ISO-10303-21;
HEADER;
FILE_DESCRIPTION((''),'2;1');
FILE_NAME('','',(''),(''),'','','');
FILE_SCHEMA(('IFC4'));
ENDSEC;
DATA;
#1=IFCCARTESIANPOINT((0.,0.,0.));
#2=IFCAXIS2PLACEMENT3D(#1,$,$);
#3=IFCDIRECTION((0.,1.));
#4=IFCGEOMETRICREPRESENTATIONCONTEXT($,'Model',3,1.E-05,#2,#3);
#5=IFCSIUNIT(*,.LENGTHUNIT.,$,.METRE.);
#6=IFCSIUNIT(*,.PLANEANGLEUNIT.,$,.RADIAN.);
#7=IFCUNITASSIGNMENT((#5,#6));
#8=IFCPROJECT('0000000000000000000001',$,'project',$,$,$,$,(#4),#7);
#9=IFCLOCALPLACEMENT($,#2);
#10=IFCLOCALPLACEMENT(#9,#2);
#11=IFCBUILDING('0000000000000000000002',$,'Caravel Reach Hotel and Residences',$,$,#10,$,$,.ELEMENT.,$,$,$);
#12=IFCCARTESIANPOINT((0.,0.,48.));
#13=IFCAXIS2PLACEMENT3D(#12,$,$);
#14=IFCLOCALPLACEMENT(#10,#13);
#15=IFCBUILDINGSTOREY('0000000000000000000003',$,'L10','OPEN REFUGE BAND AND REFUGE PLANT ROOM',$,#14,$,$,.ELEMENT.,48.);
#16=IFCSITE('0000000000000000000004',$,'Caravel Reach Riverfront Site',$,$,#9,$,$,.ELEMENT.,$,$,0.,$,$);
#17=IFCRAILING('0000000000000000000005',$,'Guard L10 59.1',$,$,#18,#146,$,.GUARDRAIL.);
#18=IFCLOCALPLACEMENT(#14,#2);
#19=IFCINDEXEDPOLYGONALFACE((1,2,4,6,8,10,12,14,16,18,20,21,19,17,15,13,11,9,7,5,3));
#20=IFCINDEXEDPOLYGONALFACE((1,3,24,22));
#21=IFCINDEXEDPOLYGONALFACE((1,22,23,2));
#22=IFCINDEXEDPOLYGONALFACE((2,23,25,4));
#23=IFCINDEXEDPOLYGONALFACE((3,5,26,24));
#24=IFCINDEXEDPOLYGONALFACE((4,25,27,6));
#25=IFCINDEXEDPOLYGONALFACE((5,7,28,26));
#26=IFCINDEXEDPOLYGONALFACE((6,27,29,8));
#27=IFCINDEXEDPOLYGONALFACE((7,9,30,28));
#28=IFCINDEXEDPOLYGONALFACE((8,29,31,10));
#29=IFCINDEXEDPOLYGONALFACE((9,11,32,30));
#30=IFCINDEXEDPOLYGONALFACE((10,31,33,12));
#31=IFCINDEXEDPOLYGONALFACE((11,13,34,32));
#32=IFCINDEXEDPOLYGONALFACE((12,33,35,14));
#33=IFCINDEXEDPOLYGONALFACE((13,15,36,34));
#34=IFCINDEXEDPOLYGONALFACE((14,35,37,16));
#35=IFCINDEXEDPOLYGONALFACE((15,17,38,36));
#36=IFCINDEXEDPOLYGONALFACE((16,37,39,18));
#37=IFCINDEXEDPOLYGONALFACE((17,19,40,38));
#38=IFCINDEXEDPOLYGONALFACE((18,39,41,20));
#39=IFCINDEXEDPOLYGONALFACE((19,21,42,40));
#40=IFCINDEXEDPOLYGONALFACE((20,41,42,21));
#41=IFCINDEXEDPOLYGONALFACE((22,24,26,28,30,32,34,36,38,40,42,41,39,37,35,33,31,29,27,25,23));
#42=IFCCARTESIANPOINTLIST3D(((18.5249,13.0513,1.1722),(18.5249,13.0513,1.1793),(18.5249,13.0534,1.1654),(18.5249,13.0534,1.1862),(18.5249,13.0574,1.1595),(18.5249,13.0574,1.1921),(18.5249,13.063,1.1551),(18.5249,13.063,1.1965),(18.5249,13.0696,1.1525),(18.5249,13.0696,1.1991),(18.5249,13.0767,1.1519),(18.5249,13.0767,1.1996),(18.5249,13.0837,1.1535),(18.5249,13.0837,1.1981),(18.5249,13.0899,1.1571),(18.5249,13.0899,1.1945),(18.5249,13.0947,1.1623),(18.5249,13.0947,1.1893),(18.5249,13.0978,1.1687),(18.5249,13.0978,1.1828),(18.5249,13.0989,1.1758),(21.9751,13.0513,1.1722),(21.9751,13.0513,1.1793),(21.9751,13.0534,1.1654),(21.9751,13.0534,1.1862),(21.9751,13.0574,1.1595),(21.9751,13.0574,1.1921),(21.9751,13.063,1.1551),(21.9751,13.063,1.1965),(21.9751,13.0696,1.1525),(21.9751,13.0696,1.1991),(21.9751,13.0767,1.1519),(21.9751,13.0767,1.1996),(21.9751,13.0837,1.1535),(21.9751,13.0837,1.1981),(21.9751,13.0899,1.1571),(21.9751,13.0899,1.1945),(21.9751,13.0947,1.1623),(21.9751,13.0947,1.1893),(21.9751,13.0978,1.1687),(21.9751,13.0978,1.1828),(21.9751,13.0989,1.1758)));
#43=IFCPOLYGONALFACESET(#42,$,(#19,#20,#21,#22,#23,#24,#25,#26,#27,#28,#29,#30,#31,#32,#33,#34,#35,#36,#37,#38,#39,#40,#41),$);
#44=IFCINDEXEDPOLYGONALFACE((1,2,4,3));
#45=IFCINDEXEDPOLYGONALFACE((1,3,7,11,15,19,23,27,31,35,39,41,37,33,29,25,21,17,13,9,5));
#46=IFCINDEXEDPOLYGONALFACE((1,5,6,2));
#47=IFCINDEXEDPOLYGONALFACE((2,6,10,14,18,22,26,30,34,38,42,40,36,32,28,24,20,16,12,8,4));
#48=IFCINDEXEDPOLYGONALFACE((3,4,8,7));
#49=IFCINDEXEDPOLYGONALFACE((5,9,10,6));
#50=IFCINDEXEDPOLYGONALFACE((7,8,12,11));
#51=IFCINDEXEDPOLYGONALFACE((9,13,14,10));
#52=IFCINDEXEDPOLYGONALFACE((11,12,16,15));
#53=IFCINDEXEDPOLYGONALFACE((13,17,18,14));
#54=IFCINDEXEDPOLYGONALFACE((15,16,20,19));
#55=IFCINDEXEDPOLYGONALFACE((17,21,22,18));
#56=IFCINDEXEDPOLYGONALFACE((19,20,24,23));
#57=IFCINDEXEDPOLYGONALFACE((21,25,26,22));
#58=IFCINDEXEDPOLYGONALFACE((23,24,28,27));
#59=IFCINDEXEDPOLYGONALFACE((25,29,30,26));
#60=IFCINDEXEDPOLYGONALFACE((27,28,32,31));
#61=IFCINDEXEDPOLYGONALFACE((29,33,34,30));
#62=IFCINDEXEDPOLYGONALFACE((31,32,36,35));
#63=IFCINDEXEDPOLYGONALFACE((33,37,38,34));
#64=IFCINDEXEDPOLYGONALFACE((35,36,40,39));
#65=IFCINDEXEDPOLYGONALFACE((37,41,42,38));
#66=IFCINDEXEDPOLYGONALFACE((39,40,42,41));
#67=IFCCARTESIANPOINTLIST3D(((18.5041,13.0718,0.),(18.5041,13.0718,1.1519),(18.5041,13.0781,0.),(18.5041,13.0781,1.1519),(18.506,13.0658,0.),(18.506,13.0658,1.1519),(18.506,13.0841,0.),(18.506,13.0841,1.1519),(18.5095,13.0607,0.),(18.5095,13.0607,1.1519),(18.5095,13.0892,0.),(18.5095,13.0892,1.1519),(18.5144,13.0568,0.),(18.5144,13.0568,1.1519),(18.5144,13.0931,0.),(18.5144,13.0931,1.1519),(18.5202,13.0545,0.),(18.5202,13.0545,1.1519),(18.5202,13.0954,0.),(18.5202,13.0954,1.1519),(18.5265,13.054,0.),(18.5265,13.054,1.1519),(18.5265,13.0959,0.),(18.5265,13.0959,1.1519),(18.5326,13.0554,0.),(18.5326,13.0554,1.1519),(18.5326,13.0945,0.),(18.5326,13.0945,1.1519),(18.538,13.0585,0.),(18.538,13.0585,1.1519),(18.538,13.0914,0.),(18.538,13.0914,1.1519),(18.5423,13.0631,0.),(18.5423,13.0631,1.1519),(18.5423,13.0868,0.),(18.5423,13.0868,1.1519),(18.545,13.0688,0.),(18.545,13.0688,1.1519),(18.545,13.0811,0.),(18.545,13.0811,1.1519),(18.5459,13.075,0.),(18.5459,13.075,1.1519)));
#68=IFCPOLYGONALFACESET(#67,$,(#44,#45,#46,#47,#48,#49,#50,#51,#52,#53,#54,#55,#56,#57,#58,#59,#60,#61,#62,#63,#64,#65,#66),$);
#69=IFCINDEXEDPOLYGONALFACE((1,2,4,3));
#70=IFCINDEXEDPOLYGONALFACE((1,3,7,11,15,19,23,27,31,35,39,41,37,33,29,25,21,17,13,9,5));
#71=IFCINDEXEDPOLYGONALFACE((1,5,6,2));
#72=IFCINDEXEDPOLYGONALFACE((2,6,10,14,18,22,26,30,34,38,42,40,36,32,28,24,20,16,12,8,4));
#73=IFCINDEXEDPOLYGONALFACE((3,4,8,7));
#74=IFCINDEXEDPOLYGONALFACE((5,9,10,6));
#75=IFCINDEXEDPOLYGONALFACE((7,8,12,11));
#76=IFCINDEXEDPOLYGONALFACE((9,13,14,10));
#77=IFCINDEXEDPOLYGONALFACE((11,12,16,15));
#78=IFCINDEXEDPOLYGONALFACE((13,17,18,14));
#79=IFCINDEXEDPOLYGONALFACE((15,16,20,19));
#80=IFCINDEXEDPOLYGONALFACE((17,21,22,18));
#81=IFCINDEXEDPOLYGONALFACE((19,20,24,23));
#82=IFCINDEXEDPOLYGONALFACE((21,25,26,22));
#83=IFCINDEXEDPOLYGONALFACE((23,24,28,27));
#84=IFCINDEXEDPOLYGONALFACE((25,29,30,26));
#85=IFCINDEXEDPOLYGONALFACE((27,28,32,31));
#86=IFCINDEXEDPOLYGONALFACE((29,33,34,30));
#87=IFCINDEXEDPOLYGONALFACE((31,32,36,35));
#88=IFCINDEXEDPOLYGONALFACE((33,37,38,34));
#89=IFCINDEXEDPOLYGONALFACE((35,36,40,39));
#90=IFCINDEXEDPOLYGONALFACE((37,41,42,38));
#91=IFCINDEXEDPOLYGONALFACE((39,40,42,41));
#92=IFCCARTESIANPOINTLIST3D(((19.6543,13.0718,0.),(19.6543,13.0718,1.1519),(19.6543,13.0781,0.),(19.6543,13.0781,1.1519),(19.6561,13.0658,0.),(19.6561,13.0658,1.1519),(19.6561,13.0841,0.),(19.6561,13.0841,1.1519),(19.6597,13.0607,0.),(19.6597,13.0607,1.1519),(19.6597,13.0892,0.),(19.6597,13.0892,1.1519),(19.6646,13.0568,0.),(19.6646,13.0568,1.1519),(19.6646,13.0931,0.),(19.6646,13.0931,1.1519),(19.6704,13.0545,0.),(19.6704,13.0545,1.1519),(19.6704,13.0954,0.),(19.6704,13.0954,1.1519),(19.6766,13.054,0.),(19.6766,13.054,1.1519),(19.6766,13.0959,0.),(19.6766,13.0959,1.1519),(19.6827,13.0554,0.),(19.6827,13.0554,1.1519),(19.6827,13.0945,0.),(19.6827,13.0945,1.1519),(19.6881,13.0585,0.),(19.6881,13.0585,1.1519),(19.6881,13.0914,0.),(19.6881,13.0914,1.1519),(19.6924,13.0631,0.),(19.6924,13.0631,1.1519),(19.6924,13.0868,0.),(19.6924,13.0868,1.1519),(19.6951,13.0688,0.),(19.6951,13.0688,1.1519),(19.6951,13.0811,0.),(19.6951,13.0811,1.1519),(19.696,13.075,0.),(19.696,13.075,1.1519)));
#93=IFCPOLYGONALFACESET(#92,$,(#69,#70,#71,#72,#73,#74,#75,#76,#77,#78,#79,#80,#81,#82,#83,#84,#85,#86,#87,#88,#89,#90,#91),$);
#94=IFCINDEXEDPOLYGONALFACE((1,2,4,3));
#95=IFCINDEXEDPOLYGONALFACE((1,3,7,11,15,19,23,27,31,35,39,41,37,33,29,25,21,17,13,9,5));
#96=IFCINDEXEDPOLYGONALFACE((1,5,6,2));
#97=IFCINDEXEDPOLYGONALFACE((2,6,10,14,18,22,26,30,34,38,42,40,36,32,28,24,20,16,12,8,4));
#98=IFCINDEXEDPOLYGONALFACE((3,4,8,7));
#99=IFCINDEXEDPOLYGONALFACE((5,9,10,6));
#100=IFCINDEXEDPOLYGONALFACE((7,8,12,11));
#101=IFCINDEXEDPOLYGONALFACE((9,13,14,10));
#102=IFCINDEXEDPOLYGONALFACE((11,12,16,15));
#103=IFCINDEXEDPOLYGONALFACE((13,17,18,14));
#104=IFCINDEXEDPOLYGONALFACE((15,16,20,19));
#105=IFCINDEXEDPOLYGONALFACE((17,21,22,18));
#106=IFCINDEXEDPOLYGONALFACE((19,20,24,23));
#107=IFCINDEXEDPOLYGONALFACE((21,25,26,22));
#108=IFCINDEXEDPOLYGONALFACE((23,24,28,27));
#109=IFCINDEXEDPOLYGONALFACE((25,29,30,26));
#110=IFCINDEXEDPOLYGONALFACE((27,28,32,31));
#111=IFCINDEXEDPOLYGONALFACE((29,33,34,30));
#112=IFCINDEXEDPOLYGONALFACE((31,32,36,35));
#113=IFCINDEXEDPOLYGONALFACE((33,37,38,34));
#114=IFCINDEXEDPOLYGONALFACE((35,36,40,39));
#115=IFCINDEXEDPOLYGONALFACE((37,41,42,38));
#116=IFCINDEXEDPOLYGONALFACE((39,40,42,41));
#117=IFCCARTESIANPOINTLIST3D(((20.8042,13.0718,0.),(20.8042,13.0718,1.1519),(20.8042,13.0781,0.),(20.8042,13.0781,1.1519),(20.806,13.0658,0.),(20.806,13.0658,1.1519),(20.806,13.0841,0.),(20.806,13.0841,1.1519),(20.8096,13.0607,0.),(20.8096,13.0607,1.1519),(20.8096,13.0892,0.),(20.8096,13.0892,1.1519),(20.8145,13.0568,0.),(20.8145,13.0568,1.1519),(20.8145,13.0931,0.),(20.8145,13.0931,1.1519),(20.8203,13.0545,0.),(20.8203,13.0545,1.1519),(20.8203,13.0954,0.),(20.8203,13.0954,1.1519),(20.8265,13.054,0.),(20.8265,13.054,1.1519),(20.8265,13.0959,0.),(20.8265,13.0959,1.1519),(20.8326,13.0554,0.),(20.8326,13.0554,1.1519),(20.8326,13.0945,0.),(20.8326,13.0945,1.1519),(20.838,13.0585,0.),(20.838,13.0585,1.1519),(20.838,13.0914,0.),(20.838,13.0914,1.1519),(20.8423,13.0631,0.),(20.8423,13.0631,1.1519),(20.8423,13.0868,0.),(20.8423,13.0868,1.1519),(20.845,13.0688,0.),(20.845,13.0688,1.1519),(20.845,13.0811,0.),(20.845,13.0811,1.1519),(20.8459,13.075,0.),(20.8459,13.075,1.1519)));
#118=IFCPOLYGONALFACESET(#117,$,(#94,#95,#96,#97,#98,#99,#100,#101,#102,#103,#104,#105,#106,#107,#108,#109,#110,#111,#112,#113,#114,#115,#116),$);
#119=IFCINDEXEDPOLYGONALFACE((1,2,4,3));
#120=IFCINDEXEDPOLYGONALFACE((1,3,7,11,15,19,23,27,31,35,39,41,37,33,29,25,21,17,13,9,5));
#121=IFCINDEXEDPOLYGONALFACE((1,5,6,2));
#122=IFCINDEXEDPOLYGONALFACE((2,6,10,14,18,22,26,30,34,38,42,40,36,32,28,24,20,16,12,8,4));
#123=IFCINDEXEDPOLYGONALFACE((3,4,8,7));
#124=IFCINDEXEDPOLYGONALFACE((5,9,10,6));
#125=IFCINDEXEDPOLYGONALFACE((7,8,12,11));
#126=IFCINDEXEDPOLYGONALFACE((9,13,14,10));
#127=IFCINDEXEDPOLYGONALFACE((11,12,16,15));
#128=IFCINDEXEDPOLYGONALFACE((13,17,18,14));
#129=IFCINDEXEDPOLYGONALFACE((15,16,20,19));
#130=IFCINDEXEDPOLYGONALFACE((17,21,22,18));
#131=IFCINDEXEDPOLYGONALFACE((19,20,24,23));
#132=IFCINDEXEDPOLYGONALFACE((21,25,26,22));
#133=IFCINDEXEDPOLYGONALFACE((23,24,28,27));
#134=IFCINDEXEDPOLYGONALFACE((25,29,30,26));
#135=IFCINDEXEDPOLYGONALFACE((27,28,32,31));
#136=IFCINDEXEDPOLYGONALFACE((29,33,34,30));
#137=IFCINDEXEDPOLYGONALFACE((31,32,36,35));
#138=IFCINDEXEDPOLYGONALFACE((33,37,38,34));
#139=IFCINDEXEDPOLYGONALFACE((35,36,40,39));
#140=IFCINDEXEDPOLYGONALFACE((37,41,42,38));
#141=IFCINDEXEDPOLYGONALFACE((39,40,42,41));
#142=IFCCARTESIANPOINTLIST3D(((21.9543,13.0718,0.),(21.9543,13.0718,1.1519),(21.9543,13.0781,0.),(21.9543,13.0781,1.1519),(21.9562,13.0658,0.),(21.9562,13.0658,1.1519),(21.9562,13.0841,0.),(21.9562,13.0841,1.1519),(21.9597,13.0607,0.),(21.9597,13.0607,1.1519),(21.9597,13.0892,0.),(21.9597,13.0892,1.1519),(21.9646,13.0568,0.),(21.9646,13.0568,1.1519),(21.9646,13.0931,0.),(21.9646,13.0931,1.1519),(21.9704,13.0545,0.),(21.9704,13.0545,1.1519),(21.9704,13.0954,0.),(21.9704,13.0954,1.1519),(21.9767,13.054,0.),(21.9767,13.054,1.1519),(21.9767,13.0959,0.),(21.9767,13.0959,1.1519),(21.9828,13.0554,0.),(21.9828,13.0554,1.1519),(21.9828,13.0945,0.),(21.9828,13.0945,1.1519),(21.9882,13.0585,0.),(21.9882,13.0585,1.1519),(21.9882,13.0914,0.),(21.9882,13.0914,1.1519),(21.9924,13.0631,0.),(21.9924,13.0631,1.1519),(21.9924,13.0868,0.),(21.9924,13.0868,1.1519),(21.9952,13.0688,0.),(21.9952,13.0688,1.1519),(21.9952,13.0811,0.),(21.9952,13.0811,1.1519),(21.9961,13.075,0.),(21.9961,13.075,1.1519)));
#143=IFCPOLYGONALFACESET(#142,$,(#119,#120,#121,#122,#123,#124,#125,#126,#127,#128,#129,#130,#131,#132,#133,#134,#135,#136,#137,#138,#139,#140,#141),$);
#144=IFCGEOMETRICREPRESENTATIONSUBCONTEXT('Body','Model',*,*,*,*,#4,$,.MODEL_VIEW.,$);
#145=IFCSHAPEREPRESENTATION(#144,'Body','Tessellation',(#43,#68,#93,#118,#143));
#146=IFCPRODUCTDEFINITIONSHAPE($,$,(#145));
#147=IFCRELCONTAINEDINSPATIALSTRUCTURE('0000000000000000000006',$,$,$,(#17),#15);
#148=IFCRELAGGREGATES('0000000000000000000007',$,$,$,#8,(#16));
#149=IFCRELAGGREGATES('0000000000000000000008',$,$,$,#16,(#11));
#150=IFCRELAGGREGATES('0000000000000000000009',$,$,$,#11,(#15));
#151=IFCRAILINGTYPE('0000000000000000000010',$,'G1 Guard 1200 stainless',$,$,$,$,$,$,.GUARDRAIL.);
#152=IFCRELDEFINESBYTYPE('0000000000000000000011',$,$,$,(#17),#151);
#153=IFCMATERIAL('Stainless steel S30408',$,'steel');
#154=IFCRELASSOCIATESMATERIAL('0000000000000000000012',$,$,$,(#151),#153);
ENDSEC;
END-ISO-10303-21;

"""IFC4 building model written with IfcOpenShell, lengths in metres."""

from ifc_helpers import new_model, si_unit, direction, frame, origin, origin_2d, place, context, subcontext, project, spatial, circle, extrude, material, type_object, element, save


model = new_model("IFC4")

# Units and contexts
model_context = context("Model", 3, precision=1e-05, world=origin(), true_north=direction((0.0, 1.0)))
body_context = subcontext(model_context, "Body", "Model", "MODEL_VIEW")
ifc_project = project(units=[si_unit("LENGTHUNIT", "METRE"), si_unit("PLANEANGLEUNIT", "RADIAN")], contexts=[model_context])

# Site, building, storey
site_placement = place(None, origin())
site = spatial("IfcSite", under=ifc_project, at=site_placement, Name="Caravel Reach Riverfront Site", CompositionType="ELEMENT", RefElevation=0.0)
building_placement = place(site_placement, origin())
building = spatial("IfcBuilding", under=site, at=building_placement, Name="Caravel Reach Hotel and Residences", CompositionType="ELEMENT")
storey_placement = place(building_placement, frame((0.0, 0.0, 48.0)))
storey = spatial("IfcBuildingStorey", under=building, at=storey_placement, Name="L10", Description="OPEN REFUGE BAND AND REFUGE PLANT ROOM", CompositionType="ELEMENT", Elevation=48.0)

# Railing
ifc_material_1 = material(Name="Stainless steel S30408", Category="steel")
railing_type_1 = type_object("IfcRailingType", Name="G1 Guard 1200 stainless", PredefinedType="GUARDRAIL", material=ifc_material_1)
railing_1_placement = place(storey_placement, frame((18.5249, 13.075, 0.0)))
element("IfcRailing", 1, at=railing_1_placement, inside=storey, type_object=railing_type_1, Name="Guard L10 59.1", PredefinedType="GUARDRAIL", context=body_context, shape_type="SweptSolid", body=[
    extrude(circle(Radius=0.0239, at=origin_2d()), frame((0.0, 0.0, 1.1758), z_axis=(1.0, 0.0, 0.0), x_axis=(0.0, 1.0, 0.0)), (0.0, 0.0, 1.0), 3.4502),
    extrude(circle(Radius=0.021, at=origin_2d()), origin(), (0.0, 0.0, 1.0), 1.1519),
    extrude(circle(Radius=0.021, at=origin_2d()), frame((1.1501, 0.0, 0.0)), (0.0, 0.0, 1.0), 1.1519),
    extrude(circle(Radius=0.021, at=origin_2d()), frame((2.3, 0.0, 0.0)), (0.0, 0.0, 1.0), 1.1519),
    extrude(circle(Radius=0.021, at=origin_2d()), frame((3.4502, 0.0, 0.0)), (0.0, 0.0, 1.0), 1.1519),
])

save(model, "model.ifc")
